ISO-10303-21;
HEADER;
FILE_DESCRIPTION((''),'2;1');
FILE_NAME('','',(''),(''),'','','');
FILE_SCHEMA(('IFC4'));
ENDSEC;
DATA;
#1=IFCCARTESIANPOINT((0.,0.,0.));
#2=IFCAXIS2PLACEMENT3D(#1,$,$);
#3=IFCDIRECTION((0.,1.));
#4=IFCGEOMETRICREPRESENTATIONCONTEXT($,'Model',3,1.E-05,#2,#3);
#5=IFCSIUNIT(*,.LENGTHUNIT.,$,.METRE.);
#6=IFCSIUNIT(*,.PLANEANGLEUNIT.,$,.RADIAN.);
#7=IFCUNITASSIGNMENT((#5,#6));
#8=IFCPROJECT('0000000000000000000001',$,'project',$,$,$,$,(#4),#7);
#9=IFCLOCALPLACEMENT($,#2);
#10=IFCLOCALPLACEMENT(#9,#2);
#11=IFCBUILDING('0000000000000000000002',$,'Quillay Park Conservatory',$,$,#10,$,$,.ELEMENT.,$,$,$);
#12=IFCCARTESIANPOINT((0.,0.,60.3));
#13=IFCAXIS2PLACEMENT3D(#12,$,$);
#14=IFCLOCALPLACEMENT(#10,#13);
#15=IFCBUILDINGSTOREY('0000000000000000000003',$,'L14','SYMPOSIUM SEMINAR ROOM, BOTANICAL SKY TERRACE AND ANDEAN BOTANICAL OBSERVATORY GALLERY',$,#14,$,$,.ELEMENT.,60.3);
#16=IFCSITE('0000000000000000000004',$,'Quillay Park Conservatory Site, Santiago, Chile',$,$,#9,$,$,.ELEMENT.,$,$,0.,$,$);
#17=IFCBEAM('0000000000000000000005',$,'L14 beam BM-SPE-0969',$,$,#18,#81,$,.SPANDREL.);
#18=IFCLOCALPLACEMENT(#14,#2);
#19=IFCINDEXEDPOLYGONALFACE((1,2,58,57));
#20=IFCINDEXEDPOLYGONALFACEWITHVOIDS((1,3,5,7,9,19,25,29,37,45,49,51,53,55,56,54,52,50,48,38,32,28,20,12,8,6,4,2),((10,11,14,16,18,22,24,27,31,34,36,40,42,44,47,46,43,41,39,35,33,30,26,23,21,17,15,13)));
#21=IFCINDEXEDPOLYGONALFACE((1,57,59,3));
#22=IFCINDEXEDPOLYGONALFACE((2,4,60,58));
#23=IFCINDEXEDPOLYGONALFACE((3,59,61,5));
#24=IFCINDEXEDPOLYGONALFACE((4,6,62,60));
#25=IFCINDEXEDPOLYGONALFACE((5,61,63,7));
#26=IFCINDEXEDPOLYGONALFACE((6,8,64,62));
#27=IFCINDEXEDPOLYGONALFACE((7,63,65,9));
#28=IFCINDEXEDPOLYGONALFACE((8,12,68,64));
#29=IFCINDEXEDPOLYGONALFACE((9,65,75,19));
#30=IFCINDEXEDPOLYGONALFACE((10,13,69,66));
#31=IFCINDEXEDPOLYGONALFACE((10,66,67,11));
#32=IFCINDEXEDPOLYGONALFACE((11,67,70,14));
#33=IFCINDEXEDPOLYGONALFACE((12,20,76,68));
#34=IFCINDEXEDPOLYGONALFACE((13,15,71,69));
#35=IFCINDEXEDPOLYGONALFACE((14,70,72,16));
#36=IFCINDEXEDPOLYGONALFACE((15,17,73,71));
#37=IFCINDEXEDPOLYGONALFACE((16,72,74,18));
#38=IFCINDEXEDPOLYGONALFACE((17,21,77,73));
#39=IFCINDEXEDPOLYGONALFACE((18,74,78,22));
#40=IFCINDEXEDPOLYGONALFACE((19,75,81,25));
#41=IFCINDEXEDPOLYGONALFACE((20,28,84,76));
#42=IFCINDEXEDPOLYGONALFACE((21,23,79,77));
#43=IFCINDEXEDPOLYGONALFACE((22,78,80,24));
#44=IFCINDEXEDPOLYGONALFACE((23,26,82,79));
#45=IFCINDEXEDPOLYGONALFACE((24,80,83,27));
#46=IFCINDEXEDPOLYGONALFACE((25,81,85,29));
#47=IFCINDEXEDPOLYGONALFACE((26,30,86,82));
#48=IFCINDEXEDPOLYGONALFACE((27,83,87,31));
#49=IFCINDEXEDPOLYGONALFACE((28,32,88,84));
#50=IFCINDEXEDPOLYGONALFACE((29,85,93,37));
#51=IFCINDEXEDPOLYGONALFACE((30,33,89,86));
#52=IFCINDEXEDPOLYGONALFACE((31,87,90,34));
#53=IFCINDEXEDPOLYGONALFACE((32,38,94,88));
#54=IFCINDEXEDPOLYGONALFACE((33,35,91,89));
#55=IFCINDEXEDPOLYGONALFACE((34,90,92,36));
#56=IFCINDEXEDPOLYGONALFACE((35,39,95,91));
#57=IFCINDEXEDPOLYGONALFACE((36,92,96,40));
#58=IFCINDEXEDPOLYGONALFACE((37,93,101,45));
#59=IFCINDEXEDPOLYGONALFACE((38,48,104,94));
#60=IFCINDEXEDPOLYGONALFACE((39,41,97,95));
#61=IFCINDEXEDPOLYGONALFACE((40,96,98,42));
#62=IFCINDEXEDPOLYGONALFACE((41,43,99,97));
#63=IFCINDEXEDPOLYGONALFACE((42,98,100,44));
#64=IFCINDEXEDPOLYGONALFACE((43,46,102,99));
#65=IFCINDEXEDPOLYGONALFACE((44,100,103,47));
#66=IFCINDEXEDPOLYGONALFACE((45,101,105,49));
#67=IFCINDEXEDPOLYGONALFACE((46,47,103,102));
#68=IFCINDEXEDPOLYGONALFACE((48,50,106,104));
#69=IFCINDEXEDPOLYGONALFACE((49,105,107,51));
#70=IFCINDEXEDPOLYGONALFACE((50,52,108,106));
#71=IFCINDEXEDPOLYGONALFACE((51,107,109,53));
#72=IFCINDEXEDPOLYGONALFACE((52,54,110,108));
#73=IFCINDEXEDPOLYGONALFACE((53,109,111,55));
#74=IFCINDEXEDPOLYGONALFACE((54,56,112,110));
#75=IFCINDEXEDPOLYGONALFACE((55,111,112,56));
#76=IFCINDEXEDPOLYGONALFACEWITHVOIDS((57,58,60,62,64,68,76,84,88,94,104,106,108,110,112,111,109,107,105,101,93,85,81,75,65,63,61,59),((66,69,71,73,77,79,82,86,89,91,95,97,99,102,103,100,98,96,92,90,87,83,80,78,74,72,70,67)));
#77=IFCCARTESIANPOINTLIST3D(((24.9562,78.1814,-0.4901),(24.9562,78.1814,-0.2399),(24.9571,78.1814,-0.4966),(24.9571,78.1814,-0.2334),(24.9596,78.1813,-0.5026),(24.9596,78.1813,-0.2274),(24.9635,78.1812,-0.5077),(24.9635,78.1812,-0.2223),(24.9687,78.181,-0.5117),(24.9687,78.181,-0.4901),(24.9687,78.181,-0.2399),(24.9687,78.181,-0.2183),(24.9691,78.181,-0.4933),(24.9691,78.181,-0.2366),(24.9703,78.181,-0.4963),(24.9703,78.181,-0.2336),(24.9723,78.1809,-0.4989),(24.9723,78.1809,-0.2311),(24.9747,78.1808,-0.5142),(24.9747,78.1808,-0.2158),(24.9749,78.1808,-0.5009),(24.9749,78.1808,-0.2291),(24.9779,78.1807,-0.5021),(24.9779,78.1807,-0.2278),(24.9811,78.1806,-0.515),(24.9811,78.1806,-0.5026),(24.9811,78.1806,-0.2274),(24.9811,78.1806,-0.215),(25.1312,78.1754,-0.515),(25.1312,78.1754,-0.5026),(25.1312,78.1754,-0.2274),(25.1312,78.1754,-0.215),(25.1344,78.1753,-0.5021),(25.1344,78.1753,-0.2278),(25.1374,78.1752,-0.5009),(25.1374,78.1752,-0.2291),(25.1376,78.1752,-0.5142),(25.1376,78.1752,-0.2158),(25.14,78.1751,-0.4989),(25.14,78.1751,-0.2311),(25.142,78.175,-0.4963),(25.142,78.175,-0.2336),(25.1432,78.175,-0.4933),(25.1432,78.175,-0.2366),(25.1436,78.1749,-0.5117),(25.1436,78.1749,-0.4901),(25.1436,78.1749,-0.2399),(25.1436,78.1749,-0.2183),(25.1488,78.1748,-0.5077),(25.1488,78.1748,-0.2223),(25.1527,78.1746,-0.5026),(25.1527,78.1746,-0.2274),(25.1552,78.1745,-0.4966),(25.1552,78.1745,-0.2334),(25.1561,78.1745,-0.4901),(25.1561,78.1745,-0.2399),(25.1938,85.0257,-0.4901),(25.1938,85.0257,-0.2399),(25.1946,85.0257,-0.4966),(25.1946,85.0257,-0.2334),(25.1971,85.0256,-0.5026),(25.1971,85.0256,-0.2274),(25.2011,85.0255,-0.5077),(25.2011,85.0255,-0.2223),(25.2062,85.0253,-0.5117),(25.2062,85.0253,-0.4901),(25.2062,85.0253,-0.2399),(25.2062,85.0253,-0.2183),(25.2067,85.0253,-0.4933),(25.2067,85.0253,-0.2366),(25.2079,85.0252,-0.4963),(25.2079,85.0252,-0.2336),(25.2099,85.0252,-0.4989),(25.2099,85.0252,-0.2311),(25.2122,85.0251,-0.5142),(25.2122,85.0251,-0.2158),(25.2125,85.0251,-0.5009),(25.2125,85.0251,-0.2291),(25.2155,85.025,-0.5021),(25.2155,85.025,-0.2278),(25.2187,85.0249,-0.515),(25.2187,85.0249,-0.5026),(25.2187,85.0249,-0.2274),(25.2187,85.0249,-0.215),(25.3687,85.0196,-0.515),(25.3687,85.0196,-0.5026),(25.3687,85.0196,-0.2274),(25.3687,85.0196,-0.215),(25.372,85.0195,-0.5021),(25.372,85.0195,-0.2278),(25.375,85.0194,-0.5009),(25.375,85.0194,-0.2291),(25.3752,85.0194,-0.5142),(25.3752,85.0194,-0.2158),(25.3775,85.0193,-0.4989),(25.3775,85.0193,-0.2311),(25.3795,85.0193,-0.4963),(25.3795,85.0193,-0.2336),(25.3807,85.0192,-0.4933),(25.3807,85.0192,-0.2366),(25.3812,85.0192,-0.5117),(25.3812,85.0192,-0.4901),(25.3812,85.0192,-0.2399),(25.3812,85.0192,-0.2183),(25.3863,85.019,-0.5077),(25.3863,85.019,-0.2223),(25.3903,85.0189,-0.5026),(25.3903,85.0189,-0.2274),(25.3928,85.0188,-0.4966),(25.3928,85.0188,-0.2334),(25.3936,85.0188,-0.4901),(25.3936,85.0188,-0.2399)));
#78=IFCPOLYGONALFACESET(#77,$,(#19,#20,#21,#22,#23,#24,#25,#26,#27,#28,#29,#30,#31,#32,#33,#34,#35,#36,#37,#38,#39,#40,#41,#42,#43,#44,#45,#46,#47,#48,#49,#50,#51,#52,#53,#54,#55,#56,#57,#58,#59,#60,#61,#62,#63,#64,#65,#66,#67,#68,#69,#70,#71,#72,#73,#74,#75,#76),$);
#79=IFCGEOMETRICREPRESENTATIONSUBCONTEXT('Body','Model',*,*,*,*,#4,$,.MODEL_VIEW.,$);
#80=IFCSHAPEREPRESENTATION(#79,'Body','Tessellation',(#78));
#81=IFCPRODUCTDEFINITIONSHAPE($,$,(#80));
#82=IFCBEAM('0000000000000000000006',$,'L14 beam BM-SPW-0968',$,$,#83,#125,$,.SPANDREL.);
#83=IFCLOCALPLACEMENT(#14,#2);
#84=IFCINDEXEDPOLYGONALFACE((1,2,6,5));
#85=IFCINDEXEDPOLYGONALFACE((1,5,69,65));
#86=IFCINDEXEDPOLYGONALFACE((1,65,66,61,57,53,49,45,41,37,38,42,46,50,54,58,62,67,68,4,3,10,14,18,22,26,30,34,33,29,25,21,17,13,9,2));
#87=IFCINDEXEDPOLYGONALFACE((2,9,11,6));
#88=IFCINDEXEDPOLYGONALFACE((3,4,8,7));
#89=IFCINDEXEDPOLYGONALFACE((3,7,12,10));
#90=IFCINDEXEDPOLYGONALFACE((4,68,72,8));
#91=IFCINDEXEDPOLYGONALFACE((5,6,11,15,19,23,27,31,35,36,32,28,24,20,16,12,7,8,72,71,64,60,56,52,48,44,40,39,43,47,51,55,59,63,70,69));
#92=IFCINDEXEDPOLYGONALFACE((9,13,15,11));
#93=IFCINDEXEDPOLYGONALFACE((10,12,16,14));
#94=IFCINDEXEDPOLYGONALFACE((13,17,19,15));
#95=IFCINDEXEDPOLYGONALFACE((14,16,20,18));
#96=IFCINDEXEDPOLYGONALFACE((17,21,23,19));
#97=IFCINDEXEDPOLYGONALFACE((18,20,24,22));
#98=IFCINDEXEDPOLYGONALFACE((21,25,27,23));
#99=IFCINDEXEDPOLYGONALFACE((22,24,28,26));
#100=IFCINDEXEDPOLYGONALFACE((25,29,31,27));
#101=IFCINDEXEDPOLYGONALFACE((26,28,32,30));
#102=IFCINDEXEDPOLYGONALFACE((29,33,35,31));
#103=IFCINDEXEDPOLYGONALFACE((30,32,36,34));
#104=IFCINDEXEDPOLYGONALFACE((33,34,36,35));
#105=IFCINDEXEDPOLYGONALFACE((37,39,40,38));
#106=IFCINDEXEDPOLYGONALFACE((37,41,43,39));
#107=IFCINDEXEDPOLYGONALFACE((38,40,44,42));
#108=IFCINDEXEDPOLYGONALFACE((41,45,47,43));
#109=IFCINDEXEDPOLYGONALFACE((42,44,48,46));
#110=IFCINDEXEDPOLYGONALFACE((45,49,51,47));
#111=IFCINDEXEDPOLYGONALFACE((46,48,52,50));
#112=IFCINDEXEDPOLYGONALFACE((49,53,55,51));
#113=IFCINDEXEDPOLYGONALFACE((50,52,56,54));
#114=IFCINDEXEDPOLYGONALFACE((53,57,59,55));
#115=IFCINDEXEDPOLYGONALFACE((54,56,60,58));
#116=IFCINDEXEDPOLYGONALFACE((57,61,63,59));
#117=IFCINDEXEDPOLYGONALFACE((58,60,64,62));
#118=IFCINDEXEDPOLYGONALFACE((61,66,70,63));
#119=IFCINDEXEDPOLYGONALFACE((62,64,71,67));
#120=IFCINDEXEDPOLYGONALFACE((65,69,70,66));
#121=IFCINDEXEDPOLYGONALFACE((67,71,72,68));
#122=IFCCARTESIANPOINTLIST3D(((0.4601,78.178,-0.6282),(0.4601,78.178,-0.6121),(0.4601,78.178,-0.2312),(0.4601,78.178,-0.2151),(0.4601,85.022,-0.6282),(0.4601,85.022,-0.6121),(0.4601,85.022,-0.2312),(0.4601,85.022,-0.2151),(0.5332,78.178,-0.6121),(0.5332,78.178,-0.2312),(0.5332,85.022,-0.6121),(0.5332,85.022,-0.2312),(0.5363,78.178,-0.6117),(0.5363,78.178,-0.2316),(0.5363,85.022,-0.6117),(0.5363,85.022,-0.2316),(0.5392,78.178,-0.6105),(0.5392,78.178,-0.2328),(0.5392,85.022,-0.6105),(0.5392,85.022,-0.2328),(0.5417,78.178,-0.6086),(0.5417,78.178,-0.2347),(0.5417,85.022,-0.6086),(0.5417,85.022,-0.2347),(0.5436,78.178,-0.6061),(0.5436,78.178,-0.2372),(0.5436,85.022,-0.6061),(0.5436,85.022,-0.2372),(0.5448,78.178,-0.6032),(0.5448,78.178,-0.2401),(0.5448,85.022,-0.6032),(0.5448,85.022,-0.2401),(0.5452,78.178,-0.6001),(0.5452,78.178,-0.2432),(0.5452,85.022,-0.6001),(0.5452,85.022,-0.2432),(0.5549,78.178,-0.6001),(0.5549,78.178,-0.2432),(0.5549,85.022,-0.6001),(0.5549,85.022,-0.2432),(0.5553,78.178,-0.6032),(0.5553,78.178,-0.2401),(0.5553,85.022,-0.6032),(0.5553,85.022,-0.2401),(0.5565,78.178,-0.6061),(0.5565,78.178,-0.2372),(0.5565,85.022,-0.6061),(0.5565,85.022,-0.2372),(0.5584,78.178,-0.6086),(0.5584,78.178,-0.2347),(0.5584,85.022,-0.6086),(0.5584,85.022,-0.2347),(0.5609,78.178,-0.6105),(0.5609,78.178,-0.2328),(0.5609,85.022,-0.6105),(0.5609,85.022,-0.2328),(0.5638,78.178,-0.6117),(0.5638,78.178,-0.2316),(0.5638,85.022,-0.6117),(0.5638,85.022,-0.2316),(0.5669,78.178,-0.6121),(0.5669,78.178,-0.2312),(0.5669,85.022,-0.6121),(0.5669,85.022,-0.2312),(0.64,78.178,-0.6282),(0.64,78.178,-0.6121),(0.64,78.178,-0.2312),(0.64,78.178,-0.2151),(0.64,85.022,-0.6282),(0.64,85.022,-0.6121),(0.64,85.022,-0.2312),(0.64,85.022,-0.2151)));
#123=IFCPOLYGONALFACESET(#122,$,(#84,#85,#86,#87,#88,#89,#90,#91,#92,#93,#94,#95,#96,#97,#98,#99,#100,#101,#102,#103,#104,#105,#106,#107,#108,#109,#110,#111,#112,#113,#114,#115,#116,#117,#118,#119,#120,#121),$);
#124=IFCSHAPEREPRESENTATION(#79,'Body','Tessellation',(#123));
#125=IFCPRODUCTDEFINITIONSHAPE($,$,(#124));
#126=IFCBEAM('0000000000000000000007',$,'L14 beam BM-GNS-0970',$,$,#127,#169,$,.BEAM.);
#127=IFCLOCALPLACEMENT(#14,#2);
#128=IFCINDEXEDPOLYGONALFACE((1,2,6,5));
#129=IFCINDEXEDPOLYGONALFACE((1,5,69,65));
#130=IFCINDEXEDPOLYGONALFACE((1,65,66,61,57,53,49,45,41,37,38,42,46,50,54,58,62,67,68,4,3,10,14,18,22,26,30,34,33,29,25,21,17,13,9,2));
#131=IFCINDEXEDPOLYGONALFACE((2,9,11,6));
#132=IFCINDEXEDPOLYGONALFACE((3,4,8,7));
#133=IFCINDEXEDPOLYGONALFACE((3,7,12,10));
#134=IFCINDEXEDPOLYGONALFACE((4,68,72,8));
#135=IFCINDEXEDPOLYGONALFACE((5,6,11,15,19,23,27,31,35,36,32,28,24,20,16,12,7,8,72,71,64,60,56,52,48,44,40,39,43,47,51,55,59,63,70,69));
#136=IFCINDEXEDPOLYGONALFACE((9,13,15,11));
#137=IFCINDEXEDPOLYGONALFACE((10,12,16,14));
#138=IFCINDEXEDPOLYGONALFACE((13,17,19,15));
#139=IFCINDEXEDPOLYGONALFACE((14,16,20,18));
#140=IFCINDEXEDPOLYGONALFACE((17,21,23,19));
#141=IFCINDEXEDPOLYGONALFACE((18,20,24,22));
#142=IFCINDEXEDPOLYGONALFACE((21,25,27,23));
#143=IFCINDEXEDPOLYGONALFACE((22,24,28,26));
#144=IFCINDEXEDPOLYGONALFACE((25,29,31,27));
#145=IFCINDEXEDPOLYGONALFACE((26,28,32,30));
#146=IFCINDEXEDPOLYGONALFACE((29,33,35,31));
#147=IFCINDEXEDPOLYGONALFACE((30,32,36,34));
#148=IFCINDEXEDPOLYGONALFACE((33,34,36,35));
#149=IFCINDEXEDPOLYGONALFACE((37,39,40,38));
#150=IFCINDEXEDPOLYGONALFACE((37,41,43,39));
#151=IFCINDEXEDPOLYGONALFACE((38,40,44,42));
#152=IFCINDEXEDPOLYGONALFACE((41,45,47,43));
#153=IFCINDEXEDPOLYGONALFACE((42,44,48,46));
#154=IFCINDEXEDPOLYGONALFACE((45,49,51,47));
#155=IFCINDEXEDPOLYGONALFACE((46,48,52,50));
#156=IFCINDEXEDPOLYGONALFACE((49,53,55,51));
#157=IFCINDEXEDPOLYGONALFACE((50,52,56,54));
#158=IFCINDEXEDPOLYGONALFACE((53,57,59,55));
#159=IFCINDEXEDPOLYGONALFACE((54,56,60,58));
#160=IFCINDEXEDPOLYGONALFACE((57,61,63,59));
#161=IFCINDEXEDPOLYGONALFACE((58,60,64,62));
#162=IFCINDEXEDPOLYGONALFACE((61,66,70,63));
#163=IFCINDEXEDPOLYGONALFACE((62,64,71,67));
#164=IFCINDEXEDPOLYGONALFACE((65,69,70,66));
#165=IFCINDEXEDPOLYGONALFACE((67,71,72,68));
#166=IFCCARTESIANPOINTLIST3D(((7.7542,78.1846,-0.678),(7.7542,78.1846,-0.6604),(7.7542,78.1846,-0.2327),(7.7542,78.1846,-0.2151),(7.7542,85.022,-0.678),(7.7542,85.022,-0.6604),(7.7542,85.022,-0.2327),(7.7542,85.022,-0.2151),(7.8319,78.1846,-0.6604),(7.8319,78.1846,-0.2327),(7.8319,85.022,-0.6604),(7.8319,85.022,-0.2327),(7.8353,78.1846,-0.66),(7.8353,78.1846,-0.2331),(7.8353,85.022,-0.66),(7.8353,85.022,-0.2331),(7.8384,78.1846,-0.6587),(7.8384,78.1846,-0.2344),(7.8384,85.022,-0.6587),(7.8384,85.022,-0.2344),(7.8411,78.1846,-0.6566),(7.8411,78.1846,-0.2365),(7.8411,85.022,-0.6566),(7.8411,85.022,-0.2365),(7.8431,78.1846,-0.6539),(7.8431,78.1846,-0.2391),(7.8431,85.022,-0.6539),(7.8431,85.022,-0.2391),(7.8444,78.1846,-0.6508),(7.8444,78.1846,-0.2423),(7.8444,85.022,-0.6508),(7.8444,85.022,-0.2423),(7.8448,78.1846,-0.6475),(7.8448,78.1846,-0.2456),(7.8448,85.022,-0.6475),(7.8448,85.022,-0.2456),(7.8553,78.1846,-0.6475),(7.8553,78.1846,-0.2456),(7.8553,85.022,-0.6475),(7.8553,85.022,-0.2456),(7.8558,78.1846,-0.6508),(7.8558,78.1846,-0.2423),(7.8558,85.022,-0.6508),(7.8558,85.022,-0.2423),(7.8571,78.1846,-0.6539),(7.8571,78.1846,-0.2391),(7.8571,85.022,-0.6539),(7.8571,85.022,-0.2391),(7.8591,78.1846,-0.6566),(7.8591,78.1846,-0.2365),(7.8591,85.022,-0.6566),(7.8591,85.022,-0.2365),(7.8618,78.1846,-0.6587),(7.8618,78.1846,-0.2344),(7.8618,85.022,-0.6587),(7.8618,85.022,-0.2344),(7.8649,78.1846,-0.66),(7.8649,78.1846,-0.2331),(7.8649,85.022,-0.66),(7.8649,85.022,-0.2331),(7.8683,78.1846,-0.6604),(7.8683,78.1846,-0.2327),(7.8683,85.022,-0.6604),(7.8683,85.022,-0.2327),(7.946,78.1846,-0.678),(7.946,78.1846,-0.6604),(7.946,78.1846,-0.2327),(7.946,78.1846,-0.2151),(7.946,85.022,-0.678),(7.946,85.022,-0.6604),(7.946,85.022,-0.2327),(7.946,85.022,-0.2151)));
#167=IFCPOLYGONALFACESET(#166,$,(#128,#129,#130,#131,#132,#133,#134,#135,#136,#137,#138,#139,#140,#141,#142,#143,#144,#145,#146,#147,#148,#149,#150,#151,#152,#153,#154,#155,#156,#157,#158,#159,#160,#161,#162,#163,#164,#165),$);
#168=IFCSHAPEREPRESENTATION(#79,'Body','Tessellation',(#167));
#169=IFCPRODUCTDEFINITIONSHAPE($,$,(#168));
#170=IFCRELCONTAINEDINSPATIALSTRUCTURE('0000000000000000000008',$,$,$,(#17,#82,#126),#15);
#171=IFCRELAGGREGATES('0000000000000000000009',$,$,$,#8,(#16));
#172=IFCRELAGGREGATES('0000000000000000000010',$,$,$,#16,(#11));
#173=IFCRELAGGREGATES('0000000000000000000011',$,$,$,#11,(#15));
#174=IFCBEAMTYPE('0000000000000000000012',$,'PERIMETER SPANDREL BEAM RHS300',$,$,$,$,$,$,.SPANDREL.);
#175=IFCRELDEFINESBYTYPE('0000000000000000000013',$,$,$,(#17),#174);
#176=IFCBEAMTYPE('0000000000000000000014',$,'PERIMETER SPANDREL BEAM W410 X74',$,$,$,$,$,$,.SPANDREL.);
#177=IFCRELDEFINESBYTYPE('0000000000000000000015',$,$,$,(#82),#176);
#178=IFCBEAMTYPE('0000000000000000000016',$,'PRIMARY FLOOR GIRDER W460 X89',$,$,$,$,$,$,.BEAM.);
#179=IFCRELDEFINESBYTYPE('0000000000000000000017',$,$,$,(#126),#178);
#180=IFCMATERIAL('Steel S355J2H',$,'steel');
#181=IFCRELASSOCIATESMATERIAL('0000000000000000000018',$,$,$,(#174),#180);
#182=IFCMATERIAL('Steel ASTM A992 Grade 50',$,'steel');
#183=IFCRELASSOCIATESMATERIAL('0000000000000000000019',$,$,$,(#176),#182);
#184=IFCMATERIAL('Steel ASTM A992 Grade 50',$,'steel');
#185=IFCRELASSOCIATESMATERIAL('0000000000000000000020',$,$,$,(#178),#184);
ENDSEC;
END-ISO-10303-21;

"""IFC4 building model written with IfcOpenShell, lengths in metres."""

from ifc_helpers import new_model, si_unit, direction, frame, origin, origin_2d, place, context, subcontext, project, spatial, hollow_rectangle, i_section, extrude, material, material_profile, profile_set, type_object, element, save


model = new_model("IFC4")

# Units and contexts
model_context = context("Model", 3, precision=1e-05, world=origin(), true_north=direction((0.0, 1.0)))
body_context = subcontext(model_context, "Body", "Model", "MODEL_VIEW")
ifc_project = project(units=[si_unit("LENGTHUNIT", "METRE"), si_unit("PLANEANGLEUNIT", "RADIAN")], contexts=[model_context])

# Site, building, storey
site_placement = place(None, origin())
site = spatial("IfcSite", under=ifc_project, at=site_placement, Name="Quillay Park Conservatory Site, Santiago, Chile", CompositionType="ELEMENT", RefElevation=0.0)
building_placement = place(site_placement, origin())
building = spatial("IfcBuilding", under=site, at=building_placement, Name="Quillay Park Conservatory", CompositionType="ELEMENT")
storey_placement = place(building_placement, frame((0.0, 0.0, 60.3)))
storey = spatial("IfcBuildingStorey", under=building, at=storey_placement, Name="L14", Description="SYMPOSIUM SEMINAR ROOM, BOTANICAL SKY TERRACE AND ANDEAN BOTANICAL OBSERVATORY GALLERY", CompositionType="ELEMENT", Elevation=60.3)

# Beams
ifc_material_1 = material(Name="Steel S355J2H", Category="steel")
ifc_material_profile_1 = material_profile(ifc_material_1, hollow_rectangle(XDim=0.2, YDim=0.3, WallThickness=0.0125, InnerFilletRadius=0.0125, OuterFilletRadius=0.0249, at=origin_2d()), Name="RHS300x200x12.5")
ifc_profile_set_1 = profile_set([ifc_material_profile_1], Name="Steel S355J2H")
beam_type_1 = type_object("IfcBeamType", Name="PERIMETER SPANDREL BEAM RHS300", PredefinedType="SPANDREL", material=ifc_profile_set_1)
beam_1_placement = place(storey_placement, frame((25.0562, 78.178, -0.365), z_axis=(0.034687, 0.999398, 0.0), x_axis=(-0.999398, 0.034687, 0.0)))
element("IfcBeam", 1, at=beam_1_placement, inside=storey, type_object=beam_type_1, Name="L14 beam BM-SPE-0969", PredefinedType="SPANDREL", context=body_context, shape_type="SweptSolid", body=[
    extrude(hollow_rectangle(XDim=0.2, YDim=0.3, WallThickness=0.0125, InnerFilletRadius=0.0125, OuterFilletRadius=0.0249, at=origin_2d()), origin(), (0.0, 0.0, 1.0), 6.8484),
])
ifc_material_2 = material(Name="Steel ASTM A992 Grade 50", Category="steel")
ifc_material_profile_2 = material_profile(ifc_material_2, i_section(OverallWidth=0.1799, OverallDepth=0.4131, WebThickness=0.0098, FlangeThickness=0.0161, FilletRadius=0.012, at=origin_2d()), Name="W410x74")
ifc_profile_set_2 = profile_set([ifc_material_profile_2], Name="Steel ASTM A992 Grade 50")
beam_type_2 = type_object("IfcBeamType", Name="PERIMETER SPANDREL BEAM W410 X74", PredefinedType="SPANDREL", material=ifc_profile_set_2)
beam_2_placement = place(storey_placement, frame((0.55, 78.178, -0.4216), z_axis=(0.0, 1.0, 0.0), x_axis=(-1.0, 0.0, 0.0)))
element("IfcBeam", 2, at=beam_2_placement, inside=storey, type_object=beam_type_2, Name="L14 beam BM-SPW-0968", PredefinedType="SPANDREL", context=body_context, shape_type="SweptSolid", body=[
    extrude(i_section(OverallWidth=0.1799, OverallDepth=0.4131, WebThickness=0.0098, FlangeThickness=0.0161, FilletRadius=0.012, at=origin_2d()), origin(), (0.0, 0.0, 1.0), 6.844),
])
ifc_material_3 = material(Name="Steel ASTM A992 Grade 50", Category="steel")
ifc_material_profile_3 = material_profile(ifc_material_3, i_section(OverallWidth=0.1919, OverallDepth=0.4629, WebThickness=0.0105, FlangeThickness=0.0176, FilletRadius=0.0129, at=origin_2d()), Name="W460x89")
ifc_profile_set_3 = profile_set([ifc_material_profile_3], Name="Steel ASTM A992 Grade 50")
beam_type_3 = type_object("IfcBeamType", Name="PRIMARY FLOOR GIRDER W460 X89", PredefinedType="BEAM", material=ifc_profile_set_3)
for number, where, z_axis, x_axis, name in (
    (3, (7.8501, 78.1846, -0.4465), (0.0, 1.0, 0.0), (-1.0, 0.0, 0.0), "L14 beam BM-GNS-0970"),
):
    element("IfcBeam", number, at=place(storey_placement, frame(where, z_axis=z_axis, x_axis=x_axis)), inside=storey, type_object=beam_type_3, Name=name, PredefinedType="BEAM", context=body_context, shape_type="SweptSolid", body=[
        extrude(i_section(OverallWidth=0.1919, OverallDepth=0.4629, WebThickness=0.0105, FlangeThickness=0.0176, FilletRadius=0.0129, at=origin_2d()), origin(), (0.0, 0.0, 1.0), 6.8374),
    ])

save(model, "model.ifc")
